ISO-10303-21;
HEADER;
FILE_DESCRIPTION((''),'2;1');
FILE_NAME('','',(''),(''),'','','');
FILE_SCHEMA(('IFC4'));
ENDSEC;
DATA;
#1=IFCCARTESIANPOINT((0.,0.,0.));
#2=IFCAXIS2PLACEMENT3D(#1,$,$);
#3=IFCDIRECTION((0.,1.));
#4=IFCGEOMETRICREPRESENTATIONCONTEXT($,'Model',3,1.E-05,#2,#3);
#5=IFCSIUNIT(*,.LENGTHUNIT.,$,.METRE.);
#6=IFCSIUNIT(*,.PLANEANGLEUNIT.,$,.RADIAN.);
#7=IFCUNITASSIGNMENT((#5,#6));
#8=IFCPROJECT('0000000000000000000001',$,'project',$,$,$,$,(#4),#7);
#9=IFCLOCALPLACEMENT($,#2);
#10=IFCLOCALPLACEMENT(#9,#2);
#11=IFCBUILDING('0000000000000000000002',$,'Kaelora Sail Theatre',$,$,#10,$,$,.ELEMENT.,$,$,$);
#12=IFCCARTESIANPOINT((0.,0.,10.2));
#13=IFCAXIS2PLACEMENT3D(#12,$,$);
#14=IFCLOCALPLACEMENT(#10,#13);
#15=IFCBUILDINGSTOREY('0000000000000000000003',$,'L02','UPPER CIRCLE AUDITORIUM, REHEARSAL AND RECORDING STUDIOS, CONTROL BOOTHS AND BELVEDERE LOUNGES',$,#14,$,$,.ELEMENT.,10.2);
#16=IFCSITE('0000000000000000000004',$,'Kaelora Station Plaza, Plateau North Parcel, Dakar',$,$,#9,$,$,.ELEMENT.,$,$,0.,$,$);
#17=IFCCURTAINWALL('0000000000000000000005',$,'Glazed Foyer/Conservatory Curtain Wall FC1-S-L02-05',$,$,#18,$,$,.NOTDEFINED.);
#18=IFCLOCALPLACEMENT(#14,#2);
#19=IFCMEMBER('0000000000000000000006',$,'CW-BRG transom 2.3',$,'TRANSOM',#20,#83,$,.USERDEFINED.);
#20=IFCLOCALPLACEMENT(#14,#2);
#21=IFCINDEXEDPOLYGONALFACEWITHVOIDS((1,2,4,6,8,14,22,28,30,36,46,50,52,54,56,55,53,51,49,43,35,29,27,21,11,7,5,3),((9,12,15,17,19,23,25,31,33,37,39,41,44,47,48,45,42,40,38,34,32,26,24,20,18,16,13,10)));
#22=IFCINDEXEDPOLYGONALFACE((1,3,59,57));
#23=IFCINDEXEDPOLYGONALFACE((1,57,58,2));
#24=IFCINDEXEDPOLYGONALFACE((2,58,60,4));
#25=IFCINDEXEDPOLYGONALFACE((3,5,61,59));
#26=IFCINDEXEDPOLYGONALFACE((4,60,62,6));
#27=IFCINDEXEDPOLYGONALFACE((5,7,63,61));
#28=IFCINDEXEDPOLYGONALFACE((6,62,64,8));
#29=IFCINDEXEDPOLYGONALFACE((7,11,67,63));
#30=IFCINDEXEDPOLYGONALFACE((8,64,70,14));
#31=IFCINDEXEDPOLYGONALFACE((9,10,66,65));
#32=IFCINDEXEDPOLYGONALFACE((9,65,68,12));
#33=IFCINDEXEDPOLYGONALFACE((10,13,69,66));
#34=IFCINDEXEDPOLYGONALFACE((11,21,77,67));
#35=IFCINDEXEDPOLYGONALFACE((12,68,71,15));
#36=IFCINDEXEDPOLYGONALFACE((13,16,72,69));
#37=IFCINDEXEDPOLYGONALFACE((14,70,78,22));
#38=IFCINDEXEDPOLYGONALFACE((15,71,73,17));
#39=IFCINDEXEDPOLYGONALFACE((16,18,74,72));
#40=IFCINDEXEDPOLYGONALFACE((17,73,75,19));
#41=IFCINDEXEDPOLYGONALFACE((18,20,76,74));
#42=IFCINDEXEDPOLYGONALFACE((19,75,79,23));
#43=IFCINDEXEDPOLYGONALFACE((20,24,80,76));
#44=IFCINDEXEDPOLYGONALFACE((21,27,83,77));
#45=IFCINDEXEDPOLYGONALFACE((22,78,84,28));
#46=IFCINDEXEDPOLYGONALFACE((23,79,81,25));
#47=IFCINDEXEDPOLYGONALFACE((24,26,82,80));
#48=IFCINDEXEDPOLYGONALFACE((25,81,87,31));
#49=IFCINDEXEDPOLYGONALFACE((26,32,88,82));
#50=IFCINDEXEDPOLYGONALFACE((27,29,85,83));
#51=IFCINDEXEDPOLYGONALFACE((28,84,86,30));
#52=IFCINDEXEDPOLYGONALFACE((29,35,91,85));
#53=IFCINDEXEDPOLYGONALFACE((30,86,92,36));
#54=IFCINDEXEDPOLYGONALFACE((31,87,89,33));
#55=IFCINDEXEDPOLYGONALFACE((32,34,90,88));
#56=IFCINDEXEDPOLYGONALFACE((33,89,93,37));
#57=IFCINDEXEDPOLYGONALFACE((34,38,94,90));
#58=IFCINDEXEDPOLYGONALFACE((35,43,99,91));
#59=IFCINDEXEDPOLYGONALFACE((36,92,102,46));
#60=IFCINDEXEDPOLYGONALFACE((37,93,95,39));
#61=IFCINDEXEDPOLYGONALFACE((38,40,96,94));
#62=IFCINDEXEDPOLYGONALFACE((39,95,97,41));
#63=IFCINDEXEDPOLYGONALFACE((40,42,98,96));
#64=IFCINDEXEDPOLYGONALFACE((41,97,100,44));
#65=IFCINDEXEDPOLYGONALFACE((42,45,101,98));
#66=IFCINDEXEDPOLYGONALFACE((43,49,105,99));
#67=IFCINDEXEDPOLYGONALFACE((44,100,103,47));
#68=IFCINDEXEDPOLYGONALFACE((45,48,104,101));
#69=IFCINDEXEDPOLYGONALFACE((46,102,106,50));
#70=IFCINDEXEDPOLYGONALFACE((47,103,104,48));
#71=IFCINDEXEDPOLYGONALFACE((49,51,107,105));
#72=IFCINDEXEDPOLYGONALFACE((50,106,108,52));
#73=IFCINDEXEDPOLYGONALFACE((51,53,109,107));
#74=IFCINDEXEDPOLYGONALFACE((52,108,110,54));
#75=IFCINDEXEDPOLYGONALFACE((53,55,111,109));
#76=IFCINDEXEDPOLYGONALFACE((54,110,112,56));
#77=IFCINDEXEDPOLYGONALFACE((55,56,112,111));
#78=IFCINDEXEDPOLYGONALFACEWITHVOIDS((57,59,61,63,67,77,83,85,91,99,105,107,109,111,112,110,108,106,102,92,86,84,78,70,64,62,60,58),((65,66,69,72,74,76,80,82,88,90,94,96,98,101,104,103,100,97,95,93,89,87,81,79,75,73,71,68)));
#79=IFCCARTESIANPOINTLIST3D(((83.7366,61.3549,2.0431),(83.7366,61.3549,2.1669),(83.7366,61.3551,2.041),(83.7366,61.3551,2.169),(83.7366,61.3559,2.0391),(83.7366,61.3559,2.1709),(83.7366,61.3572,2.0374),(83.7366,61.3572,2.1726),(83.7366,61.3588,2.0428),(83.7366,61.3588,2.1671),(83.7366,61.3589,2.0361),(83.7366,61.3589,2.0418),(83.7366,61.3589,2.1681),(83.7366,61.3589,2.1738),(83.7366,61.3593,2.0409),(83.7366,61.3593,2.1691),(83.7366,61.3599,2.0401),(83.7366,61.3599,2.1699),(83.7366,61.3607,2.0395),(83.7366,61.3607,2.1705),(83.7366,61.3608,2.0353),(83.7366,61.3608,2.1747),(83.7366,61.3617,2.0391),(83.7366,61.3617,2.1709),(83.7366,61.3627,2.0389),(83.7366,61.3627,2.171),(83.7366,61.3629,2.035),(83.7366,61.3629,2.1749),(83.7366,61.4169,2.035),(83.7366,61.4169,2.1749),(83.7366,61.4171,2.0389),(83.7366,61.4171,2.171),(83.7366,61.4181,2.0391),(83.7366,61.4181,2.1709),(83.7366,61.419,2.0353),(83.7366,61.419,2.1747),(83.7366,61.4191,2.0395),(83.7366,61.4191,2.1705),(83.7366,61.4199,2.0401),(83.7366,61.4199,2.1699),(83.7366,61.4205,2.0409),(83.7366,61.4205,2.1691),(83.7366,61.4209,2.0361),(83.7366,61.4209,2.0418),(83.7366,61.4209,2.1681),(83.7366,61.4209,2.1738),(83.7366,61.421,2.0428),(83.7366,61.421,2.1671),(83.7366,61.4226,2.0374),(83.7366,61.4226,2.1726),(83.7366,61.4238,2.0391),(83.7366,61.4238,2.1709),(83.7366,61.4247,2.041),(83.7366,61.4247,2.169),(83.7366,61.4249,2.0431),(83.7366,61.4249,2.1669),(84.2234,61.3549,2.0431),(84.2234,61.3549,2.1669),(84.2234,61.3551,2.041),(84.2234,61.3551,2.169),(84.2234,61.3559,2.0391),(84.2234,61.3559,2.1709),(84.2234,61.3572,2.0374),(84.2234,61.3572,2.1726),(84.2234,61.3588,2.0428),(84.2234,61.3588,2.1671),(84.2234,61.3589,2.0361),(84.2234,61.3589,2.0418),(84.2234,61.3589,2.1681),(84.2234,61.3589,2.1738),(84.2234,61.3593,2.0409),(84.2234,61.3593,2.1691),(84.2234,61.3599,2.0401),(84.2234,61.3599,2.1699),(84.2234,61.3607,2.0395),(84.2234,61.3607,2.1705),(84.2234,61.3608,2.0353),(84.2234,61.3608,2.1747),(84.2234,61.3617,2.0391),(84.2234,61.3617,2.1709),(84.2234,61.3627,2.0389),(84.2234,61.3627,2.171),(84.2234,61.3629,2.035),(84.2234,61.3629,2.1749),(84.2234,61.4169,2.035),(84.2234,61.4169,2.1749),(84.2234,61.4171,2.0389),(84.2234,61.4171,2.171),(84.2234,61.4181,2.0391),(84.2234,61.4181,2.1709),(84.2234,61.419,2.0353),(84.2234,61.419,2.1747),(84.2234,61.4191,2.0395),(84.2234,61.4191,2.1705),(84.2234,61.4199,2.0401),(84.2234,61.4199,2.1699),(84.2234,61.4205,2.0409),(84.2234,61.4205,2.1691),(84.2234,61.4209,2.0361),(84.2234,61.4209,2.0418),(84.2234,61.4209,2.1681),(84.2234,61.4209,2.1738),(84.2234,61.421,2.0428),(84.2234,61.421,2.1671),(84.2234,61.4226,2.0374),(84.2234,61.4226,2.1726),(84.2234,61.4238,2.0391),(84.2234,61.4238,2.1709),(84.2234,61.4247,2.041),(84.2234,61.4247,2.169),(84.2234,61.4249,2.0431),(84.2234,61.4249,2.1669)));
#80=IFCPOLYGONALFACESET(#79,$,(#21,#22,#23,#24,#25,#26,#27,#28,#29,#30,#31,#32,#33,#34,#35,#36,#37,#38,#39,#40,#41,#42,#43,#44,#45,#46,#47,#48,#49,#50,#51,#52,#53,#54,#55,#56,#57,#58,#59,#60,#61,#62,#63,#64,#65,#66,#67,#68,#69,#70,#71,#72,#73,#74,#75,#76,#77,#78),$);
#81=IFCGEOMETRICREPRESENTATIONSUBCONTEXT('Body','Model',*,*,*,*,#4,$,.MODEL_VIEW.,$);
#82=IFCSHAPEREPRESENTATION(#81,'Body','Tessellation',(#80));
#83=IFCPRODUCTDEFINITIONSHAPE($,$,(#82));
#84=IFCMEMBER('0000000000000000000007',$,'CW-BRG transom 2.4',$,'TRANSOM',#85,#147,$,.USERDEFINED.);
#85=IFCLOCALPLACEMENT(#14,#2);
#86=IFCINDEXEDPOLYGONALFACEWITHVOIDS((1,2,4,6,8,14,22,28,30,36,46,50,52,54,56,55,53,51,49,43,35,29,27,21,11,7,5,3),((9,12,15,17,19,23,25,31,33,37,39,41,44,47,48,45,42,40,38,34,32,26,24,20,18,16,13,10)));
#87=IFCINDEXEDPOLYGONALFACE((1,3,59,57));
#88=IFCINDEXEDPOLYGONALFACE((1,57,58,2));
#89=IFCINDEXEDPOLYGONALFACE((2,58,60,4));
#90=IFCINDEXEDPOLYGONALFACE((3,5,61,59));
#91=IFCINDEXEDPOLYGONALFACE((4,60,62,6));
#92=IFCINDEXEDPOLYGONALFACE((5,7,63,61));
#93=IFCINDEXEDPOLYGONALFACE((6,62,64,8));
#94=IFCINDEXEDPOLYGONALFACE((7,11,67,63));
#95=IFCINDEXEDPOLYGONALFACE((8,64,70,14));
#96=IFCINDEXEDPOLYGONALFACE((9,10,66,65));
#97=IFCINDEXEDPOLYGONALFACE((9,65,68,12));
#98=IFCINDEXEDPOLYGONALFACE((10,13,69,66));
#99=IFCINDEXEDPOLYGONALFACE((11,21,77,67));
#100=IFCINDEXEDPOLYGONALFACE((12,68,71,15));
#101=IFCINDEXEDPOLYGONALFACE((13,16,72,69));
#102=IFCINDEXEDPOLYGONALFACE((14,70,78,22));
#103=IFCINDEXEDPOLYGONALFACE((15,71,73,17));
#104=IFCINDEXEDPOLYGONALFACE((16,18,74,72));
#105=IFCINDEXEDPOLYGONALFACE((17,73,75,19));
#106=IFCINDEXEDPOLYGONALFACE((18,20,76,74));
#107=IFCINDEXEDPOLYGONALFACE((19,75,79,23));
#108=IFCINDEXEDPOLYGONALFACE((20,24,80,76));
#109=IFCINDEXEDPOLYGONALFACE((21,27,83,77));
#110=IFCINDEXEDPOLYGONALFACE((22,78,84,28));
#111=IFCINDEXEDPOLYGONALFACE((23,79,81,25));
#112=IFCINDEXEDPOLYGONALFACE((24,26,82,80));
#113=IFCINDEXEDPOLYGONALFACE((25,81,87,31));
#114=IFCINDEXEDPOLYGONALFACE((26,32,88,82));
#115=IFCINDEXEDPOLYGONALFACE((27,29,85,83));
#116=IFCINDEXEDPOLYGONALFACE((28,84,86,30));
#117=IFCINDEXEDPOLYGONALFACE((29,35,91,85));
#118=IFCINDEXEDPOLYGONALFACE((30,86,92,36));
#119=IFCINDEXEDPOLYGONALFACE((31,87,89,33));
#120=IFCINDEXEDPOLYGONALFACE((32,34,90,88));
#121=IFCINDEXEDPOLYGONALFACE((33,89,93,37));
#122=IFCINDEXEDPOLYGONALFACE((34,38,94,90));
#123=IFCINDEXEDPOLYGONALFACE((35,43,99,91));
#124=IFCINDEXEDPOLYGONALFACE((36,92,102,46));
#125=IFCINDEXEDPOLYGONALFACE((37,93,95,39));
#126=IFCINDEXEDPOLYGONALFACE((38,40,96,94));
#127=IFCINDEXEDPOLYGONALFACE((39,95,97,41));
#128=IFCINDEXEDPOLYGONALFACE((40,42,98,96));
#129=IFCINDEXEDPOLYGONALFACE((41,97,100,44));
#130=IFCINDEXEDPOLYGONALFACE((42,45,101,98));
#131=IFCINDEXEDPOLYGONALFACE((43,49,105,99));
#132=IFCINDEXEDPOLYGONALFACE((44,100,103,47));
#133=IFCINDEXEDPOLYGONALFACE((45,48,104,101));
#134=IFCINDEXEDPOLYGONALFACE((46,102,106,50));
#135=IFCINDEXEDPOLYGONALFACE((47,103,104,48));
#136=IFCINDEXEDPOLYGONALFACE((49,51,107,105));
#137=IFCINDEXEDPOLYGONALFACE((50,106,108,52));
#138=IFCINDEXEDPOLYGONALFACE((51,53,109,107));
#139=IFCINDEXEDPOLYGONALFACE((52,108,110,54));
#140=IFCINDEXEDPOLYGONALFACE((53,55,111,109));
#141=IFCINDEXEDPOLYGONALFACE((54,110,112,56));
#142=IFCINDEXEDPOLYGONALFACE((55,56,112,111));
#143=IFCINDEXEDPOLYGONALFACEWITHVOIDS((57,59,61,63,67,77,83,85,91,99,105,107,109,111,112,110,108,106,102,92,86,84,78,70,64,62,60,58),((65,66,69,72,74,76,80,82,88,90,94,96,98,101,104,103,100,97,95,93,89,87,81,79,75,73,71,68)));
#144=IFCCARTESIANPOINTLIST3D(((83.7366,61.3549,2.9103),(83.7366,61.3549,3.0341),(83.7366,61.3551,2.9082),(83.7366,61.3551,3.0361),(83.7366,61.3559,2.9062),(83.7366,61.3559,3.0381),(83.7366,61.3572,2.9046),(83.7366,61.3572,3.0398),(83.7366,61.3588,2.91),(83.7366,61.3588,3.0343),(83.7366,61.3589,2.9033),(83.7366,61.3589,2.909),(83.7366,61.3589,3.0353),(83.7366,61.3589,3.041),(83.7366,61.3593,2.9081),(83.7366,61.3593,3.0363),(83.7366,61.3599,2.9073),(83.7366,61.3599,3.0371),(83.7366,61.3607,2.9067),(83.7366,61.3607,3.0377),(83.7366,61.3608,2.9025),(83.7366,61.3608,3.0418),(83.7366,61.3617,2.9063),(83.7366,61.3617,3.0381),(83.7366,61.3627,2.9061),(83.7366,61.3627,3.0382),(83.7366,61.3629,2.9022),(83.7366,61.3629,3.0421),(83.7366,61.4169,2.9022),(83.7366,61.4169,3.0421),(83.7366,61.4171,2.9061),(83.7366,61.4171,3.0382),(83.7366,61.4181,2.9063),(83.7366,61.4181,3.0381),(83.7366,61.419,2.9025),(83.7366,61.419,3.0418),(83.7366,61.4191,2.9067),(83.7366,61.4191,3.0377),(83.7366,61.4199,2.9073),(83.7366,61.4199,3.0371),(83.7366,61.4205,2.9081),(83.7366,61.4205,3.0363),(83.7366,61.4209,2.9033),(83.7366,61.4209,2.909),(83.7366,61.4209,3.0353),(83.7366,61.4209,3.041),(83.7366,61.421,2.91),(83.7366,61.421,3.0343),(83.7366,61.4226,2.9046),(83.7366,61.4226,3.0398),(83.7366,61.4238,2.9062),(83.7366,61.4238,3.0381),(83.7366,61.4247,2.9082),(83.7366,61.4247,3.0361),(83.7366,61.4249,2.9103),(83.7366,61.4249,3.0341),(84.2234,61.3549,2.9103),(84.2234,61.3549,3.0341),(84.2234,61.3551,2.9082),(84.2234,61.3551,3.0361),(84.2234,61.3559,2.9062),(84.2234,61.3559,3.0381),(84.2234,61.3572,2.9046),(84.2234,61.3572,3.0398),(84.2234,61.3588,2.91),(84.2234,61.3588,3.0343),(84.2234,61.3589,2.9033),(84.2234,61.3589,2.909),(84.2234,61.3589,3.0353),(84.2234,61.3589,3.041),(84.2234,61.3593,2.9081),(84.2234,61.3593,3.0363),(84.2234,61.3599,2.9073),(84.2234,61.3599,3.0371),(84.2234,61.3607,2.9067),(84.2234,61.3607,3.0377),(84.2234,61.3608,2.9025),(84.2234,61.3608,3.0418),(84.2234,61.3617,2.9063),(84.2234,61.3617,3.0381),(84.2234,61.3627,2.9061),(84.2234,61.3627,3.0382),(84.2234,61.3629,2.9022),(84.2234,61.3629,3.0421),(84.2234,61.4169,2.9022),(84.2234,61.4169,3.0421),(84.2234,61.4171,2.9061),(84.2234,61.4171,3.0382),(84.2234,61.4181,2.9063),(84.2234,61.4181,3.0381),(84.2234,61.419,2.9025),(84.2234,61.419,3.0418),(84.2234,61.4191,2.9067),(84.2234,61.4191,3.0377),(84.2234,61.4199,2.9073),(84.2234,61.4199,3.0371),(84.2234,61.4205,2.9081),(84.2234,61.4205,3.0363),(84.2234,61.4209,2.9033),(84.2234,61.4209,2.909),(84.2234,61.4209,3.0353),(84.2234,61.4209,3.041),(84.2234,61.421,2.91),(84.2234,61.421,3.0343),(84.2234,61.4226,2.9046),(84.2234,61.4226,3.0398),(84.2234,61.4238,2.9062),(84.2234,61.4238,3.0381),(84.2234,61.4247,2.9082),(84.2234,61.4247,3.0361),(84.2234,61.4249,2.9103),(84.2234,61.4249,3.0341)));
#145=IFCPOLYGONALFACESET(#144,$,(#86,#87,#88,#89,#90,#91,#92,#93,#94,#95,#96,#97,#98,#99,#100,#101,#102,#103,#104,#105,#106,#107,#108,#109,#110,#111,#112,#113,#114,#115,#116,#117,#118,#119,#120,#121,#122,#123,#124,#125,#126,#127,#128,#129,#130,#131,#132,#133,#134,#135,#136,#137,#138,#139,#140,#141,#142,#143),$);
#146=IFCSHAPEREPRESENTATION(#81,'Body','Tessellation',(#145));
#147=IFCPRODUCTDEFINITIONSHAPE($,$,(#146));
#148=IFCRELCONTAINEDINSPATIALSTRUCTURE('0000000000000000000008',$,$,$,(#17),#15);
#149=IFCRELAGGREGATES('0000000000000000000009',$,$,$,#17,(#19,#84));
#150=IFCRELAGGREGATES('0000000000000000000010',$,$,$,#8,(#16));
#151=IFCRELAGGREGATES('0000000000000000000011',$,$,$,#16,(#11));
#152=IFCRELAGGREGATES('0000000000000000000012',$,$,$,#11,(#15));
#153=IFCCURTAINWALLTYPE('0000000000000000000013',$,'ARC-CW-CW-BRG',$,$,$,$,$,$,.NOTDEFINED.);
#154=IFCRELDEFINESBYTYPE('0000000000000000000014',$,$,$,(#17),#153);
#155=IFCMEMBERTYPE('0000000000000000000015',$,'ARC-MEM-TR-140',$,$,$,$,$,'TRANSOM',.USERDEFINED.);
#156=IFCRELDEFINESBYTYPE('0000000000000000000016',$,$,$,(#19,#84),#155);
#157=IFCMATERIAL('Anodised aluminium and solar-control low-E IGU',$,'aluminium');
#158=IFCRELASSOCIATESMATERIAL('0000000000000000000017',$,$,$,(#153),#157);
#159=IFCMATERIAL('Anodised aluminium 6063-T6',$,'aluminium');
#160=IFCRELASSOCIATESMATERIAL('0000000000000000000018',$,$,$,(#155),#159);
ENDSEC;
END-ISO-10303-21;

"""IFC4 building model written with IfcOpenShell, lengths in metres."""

from ifc_helpers import new_model, si_unit, direction, frame, origin, origin_2d, place, context, subcontext, project, spatial, hollow_rectangle, extrude, material, material_profile, profile_set, type_object, element, aggregate, save


model = new_model("IFC4")

# Units and contexts
model_context = context("Model", 3, precision=1e-05, world=origin(), true_north=direction((0.0, 1.0)))
body_context = subcontext(model_context, "Body", "Model", "MODEL_VIEW")
ifc_project = project(units=[si_unit("LENGTHUNIT", "METRE"), si_unit("PLANEANGLEUNIT", "RADIAN")], contexts=[model_context])

# Site, building, storey
site_placement = place(None, origin())
site = spatial("IfcSite", under=ifc_project, at=site_placement, Name="Kaelora Station Plaza, Plateau North Parcel, Dakar", CompositionType="ELEMENT", RefElevation=0.0)
building_placement = place(site_placement, origin())
building = spatial("IfcBuilding", under=site, at=building_placement, Name="Kaelora Sail Theatre", CompositionType="ELEMENT")
storey_placement = place(building_placement, frame((0.0, 0.0, 10.2)))
storey = spatial("IfcBuildingStorey", under=building, at=storey_placement, Name="L02", Description="UPPER CIRCLE AUDITORIUM, REHEARSAL AND RECORDING STUDIOS, CONTROL BOOTHS AND BELVEDERE LOUNGES", CompositionType="ELEMENT", Elevation=10.2)

# Curtain wall
ifc_material_1 = material(Name="Anodised aluminium and solar-control low-E IGU", Category="aluminium")
curtain_wall_type = type_object("IfcCurtainWallType", Name="ARC-CW-CW-BRG", PredefinedType="NOTDEFINED", material=ifc_material_1)
curtain_wall_1_placement = place(storey_placement, origin())
curtain_wall_1 = element("IfcCurtainWall", 1, at=curtain_wall_1_placement, inside=storey, type_object=curtain_wall_type, Name="Glazed Foyer/Conservatory Curtain Wall FC1-S-L02-05", PredefinedType="NOTDEFINED")

# Members
ifc_material_2 = material(Name="Anodised aluminium 6063-T6", Category="aluminium")
ifc_material_profile_1 = material_profile(ifc_material_2, hollow_rectangle(XDim=0.0701, YDim=0.1399, WallThickness=0.0039, InnerFilletRadius=0.0039, OuterFilletRadius=0.0081, at=origin_2d()), Name="ALU-TRAN 70x140x4")
ifc_profile_set_1 = profile_set([ifc_material_profile_1], Name="Anodised aluminium 6063-T6")
member_type_1 = type_object("IfcMemberType", Name="ARC-MEM-TR-140", ElementType="TRANSOM", PredefinedType="USERDEFINED", material=ifc_profile_set_1)
member_1_placement = place(storey_placement, frame((83.7366, 61.3899, 2.105), z_axis=(1.0, 0.0, 0.0), x_axis=(0.0, 1.0, 0.0)))
member_1 = element("IfcMember", 2, at=member_1_placement, type_object=member_type_1, Name="CW-BRG transom 2.3", ObjectType="TRANSOM", PredefinedType="USERDEFINED", context=body_context, shape_type="SweptSolid", body=[
    extrude(hollow_rectangle(XDim=0.0701, YDim=0.1399, WallThickness=0.0039, InnerFilletRadius=0.0039, OuterFilletRadius=0.0081, at=origin_2d()), origin(), (0.0, 0.0, 1.0), 0.4868),
])
member_2_placement = place(storey_placement, frame((83.7366, 61.3899, 2.9722), z_axis=(1.0, 0.0, 0.0), x_axis=(0.0, 1.0, 0.0)))
member_2 = element("IfcMember", 3, at=member_2_placement, type_object=member_type_1, Name="CW-BRG transom 2.4", ObjectType="TRANSOM", PredefinedType="USERDEFINED", context=body_context, shape_type="SweptSolid", body=[
    extrude(hollow_rectangle(XDim=0.0701, YDim=0.1399, WallThickness=0.0039, InnerFilletRadius=0.0039, OuterFilletRadius=0.0081, at=origin_2d()), origin(), (0.0, 0.0, 1.0), 0.4868),
])

aggregate(curtain_wall_1, [member_1, member_2])

save(model, "model.ifc")
